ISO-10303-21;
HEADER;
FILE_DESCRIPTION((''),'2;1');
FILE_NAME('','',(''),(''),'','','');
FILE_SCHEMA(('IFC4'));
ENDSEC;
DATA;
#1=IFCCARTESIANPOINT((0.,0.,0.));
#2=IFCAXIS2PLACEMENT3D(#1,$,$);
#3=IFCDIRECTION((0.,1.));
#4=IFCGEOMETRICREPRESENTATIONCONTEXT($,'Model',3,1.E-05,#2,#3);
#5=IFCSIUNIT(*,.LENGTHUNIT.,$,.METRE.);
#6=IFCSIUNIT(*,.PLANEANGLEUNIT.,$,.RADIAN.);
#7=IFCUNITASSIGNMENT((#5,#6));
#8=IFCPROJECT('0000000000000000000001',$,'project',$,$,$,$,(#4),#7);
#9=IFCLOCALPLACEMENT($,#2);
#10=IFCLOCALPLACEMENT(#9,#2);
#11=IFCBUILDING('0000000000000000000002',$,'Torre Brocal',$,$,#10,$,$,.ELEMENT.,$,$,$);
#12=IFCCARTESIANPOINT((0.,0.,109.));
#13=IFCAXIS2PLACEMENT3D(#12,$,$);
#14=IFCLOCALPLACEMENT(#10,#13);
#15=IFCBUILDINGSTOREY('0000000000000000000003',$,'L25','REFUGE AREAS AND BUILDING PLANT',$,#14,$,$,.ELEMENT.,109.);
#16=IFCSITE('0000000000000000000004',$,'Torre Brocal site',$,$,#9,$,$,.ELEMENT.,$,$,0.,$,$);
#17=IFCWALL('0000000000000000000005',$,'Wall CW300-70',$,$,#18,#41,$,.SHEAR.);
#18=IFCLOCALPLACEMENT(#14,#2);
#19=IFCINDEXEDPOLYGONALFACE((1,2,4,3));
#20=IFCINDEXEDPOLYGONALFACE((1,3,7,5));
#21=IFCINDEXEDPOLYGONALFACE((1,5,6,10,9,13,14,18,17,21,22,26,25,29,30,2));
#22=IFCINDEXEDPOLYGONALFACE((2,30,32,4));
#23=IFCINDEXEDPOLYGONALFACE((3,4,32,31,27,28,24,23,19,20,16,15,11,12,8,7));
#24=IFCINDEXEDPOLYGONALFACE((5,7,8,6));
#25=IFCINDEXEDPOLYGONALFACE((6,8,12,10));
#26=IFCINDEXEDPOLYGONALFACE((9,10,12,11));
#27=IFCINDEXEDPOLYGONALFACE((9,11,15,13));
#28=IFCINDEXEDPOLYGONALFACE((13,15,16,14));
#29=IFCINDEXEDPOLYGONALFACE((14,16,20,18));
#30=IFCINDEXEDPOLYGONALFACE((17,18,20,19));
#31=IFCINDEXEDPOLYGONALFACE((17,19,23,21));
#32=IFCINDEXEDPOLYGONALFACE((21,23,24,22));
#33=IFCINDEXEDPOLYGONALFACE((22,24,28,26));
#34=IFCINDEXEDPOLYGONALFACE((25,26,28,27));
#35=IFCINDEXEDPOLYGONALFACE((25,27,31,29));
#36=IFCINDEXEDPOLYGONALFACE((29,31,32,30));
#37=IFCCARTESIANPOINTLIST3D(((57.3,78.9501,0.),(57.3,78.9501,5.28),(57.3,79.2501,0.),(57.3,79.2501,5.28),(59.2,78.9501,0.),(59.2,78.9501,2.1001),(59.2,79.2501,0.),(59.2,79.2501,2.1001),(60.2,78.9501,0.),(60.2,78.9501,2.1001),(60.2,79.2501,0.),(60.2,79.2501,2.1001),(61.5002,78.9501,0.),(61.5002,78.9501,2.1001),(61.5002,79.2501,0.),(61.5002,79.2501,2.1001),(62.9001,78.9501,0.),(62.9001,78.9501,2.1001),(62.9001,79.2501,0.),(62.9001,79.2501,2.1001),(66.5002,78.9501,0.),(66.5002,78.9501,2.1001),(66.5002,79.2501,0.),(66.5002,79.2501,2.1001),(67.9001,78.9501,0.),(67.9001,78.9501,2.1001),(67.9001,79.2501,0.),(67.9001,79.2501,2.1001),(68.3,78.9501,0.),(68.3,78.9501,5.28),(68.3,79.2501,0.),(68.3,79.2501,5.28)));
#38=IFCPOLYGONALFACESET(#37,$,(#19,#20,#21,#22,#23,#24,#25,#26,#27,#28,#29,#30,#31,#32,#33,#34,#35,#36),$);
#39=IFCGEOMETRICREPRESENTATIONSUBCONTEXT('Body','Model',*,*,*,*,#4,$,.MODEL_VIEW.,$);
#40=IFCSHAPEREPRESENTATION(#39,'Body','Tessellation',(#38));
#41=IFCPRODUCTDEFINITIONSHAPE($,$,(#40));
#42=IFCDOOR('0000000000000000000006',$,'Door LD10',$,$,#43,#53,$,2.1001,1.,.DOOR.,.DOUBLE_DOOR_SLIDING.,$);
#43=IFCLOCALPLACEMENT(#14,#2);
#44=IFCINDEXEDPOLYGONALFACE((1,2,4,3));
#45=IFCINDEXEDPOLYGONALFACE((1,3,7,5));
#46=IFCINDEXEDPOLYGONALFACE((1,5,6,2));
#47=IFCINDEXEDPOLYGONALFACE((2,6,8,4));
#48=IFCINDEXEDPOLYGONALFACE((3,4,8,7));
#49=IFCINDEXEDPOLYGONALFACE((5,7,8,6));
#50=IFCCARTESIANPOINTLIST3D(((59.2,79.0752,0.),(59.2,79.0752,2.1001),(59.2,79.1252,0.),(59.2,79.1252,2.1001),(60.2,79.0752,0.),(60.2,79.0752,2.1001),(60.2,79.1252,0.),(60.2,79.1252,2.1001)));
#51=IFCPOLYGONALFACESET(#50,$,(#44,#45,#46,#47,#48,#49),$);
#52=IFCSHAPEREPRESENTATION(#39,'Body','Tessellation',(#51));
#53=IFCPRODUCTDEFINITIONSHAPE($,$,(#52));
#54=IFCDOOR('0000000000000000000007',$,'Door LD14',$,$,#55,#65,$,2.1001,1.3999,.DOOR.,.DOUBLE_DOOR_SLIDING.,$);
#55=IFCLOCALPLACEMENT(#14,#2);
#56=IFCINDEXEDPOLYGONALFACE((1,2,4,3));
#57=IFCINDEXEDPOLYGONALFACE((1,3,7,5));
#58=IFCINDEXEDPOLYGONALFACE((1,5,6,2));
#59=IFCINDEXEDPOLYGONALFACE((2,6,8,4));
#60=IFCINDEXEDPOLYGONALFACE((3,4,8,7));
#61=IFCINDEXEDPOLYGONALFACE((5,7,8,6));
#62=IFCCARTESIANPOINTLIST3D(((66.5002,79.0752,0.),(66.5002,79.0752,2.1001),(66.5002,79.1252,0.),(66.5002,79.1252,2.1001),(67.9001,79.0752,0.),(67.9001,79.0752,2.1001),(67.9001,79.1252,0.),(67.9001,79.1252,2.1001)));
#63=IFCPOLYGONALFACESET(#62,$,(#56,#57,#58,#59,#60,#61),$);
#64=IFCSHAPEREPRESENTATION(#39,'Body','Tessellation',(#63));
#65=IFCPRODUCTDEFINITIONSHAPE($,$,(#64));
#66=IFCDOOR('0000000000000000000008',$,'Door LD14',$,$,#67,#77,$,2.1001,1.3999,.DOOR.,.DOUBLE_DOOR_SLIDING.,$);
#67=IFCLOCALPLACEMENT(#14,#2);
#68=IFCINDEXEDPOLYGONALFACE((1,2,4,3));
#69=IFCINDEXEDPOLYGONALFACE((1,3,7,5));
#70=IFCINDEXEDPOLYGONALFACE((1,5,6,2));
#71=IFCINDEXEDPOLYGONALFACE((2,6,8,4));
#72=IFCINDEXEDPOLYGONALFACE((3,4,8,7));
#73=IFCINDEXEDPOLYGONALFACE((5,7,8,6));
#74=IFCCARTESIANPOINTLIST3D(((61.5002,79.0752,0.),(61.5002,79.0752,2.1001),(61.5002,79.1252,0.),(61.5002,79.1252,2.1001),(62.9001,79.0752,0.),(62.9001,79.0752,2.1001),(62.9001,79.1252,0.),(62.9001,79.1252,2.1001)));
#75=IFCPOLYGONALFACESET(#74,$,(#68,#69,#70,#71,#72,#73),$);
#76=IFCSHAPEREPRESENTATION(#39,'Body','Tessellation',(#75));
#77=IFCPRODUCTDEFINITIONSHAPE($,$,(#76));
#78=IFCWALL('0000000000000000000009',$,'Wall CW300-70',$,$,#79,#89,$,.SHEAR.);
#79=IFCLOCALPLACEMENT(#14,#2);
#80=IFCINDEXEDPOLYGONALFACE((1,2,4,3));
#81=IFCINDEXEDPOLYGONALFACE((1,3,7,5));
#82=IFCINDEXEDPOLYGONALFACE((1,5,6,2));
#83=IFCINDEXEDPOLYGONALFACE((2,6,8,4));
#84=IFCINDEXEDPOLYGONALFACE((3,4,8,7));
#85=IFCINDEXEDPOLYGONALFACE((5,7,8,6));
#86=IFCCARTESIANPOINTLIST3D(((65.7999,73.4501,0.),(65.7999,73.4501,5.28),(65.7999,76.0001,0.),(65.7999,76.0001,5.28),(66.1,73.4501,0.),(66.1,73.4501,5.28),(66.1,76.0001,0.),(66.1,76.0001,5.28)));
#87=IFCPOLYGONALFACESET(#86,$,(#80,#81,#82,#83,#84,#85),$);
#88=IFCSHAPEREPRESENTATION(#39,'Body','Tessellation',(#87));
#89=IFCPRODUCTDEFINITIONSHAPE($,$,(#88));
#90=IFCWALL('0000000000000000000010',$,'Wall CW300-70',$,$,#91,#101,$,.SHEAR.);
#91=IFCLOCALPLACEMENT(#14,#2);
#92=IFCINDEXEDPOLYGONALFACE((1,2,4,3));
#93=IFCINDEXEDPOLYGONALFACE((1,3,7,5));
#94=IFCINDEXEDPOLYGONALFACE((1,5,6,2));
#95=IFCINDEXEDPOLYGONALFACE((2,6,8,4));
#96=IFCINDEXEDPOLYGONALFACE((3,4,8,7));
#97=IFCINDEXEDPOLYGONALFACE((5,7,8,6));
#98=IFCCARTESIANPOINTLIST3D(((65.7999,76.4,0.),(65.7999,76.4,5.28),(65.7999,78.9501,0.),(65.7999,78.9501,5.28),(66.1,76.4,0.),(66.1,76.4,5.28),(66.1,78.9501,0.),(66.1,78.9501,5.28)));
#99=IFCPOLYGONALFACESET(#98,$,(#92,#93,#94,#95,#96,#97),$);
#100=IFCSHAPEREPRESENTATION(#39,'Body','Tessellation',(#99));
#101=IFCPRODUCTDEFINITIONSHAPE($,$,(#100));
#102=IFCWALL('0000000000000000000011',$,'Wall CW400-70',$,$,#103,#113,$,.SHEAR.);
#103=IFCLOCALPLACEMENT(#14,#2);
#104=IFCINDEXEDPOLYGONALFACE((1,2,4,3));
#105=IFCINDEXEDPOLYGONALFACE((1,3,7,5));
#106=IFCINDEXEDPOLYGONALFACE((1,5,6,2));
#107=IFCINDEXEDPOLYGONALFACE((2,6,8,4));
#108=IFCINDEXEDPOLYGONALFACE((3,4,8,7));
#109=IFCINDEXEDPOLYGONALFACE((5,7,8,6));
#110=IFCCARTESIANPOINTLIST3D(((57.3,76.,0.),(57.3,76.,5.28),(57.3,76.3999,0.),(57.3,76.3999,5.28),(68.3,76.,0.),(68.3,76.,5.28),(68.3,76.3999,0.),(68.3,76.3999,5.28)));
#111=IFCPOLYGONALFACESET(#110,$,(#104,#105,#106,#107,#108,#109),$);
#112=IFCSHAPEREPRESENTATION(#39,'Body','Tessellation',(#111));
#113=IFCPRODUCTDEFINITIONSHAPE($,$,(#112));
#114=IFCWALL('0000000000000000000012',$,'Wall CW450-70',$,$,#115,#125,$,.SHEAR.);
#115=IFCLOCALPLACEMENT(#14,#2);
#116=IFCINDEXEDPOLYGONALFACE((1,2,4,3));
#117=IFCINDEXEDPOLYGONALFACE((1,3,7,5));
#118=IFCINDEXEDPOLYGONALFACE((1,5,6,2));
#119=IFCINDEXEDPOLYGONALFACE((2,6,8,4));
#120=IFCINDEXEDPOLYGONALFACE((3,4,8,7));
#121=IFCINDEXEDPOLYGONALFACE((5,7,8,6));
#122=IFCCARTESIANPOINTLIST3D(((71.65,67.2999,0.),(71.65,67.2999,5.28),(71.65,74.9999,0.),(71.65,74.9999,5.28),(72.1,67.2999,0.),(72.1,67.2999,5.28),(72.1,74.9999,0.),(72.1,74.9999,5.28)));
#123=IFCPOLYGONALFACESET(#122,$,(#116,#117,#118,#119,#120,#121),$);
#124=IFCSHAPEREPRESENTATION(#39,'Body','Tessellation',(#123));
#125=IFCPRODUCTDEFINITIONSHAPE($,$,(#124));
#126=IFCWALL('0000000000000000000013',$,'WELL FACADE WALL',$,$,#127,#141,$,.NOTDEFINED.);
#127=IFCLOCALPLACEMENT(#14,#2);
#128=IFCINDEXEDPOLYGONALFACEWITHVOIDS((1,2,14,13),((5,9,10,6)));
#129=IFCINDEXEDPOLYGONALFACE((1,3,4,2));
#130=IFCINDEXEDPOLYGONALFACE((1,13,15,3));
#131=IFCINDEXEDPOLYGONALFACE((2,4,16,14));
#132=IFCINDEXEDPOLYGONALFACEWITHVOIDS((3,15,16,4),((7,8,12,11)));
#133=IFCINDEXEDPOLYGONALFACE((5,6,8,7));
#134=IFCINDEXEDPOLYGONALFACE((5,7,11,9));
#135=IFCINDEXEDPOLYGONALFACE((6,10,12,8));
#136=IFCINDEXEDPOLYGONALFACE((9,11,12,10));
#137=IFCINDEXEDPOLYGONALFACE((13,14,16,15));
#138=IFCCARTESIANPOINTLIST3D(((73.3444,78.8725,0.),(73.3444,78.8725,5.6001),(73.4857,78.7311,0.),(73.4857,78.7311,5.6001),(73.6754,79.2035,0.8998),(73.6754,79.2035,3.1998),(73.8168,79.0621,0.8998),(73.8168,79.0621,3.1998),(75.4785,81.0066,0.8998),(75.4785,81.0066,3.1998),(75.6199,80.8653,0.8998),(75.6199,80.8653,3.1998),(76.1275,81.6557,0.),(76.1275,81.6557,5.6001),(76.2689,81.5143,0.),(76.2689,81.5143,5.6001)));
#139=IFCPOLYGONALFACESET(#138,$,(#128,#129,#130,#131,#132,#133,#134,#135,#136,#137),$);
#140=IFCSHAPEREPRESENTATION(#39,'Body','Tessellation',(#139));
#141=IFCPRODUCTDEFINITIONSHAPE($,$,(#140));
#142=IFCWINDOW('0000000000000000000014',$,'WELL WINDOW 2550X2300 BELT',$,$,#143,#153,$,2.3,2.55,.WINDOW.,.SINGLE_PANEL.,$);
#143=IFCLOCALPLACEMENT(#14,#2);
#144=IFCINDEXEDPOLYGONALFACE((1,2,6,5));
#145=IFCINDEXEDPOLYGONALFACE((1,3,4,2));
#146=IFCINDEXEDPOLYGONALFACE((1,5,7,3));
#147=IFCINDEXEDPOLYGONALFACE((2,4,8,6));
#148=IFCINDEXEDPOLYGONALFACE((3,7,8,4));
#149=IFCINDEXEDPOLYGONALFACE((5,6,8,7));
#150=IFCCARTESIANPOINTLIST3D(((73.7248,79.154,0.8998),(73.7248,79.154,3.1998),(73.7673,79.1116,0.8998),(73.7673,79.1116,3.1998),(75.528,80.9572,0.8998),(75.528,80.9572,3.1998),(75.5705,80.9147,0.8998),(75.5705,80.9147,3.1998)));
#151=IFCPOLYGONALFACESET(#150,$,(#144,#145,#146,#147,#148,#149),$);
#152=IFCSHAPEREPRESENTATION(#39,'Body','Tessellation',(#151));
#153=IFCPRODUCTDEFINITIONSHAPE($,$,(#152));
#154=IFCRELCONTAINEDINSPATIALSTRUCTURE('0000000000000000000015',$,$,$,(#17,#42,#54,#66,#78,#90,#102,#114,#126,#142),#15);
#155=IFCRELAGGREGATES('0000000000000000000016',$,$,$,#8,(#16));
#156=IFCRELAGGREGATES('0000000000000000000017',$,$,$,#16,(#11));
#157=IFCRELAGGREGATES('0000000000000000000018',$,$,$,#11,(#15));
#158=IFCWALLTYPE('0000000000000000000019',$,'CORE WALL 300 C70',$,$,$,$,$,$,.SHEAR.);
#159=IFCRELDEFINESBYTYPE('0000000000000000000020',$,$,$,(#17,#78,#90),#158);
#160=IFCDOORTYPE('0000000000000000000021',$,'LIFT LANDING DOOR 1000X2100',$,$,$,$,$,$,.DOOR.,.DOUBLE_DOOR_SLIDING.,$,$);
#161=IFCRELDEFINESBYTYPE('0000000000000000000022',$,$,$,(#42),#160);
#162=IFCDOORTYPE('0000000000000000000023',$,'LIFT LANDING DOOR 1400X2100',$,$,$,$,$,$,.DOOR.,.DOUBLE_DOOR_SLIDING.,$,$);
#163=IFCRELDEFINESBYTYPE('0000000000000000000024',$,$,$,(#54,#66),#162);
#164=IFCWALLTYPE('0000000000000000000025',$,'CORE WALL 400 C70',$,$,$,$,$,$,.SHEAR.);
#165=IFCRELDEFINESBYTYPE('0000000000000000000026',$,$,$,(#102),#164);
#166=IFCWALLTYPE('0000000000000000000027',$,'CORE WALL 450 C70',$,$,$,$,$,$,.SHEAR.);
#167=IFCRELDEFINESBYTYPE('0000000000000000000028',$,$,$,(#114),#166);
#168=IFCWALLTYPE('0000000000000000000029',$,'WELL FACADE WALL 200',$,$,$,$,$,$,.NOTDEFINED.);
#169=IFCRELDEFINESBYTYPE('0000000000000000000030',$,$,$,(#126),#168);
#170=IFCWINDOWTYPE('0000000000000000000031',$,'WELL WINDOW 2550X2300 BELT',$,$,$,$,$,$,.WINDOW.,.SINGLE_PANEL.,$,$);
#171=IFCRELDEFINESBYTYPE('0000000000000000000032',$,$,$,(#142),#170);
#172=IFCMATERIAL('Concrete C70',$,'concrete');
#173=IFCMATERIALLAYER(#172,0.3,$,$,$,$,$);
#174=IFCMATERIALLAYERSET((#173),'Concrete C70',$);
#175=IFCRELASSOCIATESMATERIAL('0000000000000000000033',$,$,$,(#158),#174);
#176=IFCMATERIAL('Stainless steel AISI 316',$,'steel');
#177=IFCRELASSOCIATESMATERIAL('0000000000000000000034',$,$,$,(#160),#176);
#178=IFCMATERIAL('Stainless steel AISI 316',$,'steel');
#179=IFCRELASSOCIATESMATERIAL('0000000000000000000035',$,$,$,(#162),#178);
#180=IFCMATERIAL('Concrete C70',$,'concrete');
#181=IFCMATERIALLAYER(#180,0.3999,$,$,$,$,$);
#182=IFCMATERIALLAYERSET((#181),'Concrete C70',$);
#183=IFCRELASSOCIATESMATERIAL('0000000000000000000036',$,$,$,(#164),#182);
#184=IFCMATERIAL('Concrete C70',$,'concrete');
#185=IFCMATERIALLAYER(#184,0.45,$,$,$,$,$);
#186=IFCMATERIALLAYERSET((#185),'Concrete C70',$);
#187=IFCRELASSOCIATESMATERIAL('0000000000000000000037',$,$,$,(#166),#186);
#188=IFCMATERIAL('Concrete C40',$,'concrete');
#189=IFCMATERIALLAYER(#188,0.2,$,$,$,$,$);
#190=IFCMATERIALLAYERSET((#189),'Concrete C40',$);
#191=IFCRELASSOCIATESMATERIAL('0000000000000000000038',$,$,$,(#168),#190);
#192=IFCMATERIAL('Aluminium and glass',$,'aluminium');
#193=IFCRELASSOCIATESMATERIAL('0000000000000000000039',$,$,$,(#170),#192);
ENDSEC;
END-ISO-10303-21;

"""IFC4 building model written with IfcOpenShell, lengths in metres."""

from ifc_helpers import new_model, si_unit, direction, frame, frame_2d, origin, place, context, subcontext, project, spatial, rectangle, extrude, material, layer, layer_set, type_object, element, fill, save


model = new_model("IFC4")

# Units and contexts
model_context = context("Model", 3, precision=1e-05, world=origin(), true_north=direction((0.0, 1.0)))
body_context = subcontext(model_context, "Body", "Model", "MODEL_VIEW")
ifc_project = project(units=[si_unit("LENGTHUNIT", "METRE"), si_unit("PLANEANGLEUNIT", "RADIAN")], contexts=[model_context])

# Site, building, storey
site_placement = place(None, origin())
site = spatial("IfcSite", under=ifc_project, at=site_placement, Name="Torre Brocal site", CompositionType="ELEMENT", RefElevation=0.0)
building_placement = place(site_placement, origin())
building = spatial("IfcBuilding", under=site, at=building_placement, Name="Torre Brocal", CompositionType="ELEMENT")
storey_placement = place(building_placement, frame((0.0, 0.0, 109.0)))
storey = spatial("IfcBuildingStorey", under=building, at=storey_placement, Name="L25", Description="REFUGE AREAS AND BUILDING PLANT", CompositionType="ELEMENT", Elevation=109.0)

# Shared definitions
ifc_material_1 = material(Name="Concrete C70", Category="concrete")
ifc_layer_1 = layer(ifc_material_1, 0.3)
ifc_layer_set_1 = layer_set([ifc_layer_1], Name="Concrete C70")
wall_type_1 = type_object("IfcWallType", Name="CORE WALL 300 C70", PredefinedType="SHEAR", material=ifc_layer_set_1)

# Wall, openings, doors
ifc_material_2 = material(Name="Stainless steel AISI 316", Category="steel")
door_type_1 = type_object("IfcDoorType", Name="LIFT LANDING DOOR 1000X2100", OperationType="DOUBLE_DOOR_SLIDING", PredefinedType="DOOR", material=ifc_material_2)
wall_1_placement = place(storey_placement, frame((68.3, 79.1001, 0.0), z_axis=(0.0, 0.0, 1.0), x_axis=(-1.0, 0.0, 0.0)))
wall_1 = element("IfcWall", 1, at=wall_1_placement, inside=storey, type_object=wall_type_1, Name="Wall CW300-70", PredefinedType="SHEAR", context=body_context, shape_type="SweptSolid", body=[
    extrude(rectangle(XDim=11.0, YDim=0.3, at=frame_2d((5.5, 0.0))), origin(), (0.0, 0.0, 1.0), 5.28),
])
opening_1_placement = place(wall_1_placement, frame((0.3999, 0.0, 0.0)))
opening_1 = element("IfcOpeningElement", 2, at=opening_1_placement, cuts=wall_1, PredefinedType="OPENING", context=body_context, shape_type="SweptSolid", body=[
    extrude(rectangle(XDim=1.3999, YDim=2.1001, at=frame_2d((0.7, 1.05))), frame((0.0, 0.1599, 0.0), z_axis=(0.0, -1.0, 0.0), x_axis=(1.0, 0.0, 0.0)), (0.0, 0.0, 1.0), 0.3201),
])
opening_2_placement = place(wall_1_placement, frame((5.3999, 0.0, 0.0)))
opening_2 = element("IfcOpeningElement", 3, at=opening_2_placement, cuts=wall_1, PredefinedType="OPENING", context=body_context, shape_type="SweptSolid", body=[
    extrude(rectangle(XDim=1.3999, YDim=2.1001, at=frame_2d((0.7, 1.05))), frame((0.0, 0.1599, 0.0), z_axis=(0.0, -1.0, 0.0), x_axis=(1.0, 0.0, 0.0)), (0.0, 0.0, 1.0), 0.3201),
])
opening_3_placement = place(wall_1_placement, frame((8.1001, 0.0, 0.0)))
opening_3 = element("IfcOpeningElement", 4, at=opening_3_placement, cuts=wall_1, PredefinedType="OPENING", context=body_context, shape_type="SweptSolid", body=[
    extrude(rectangle(XDim=1.0, YDim=2.1001, at=frame_2d((0.5, 1.05))), frame((0.0, 0.1599, 0.0), z_axis=(0.0, -1.0, 0.0), x_axis=(1.0, 0.0, 0.0)), (0.0, 0.0, 1.0), 0.3201),
])
door_1_placement = place(opening_3_placement, origin())
door_1 = element("IfcDoor", 5, at=door_1_placement, inside=storey, type_object=door_type_1, Name="Door LD10", OperationType="DOUBLE_DOOR_SLIDING", OverallHeight=2.1001, OverallWidth=1.0, PredefinedType="DOOR", context=body_context, shape_type="SweptSolid", body=[
    extrude(rectangle(XDim=1.0, YDim=2.1001, at=frame_2d((0.5, 1.05))), frame((0.0, 0.0249, 0.0), z_axis=(0.0, -1.0, 0.0), x_axis=(1.0, 0.0, 0.0)), (0.0, 0.0, 1.0), 0.05),
])
fill(opening_3, door_1)
ifc_material_3 = material(Name="Stainless steel AISI 316", Category="steel")
door_type_2 = type_object("IfcDoorType", Name="LIFT LANDING DOOR 1400X2100", OperationType="DOUBLE_DOOR_SLIDING", PredefinedType="DOOR", material=ifc_material_3)
door_2_placement = place(opening_1_placement, origin())
door_2 = element("IfcDoor", 6, at=door_2_placement, inside=storey, type_object=door_type_2, Name="Door LD14", OperationType="DOUBLE_DOOR_SLIDING", OverallHeight=2.1001, OverallWidth=1.3999, PredefinedType="DOOR", context=body_context, shape_type="SweptSolid", body=[
    extrude(rectangle(XDim=1.3999, YDim=2.1001, at=frame_2d((0.7, 1.05))), frame((0.0, 0.0249, 0.0), z_axis=(0.0, -1.0, 0.0), x_axis=(1.0, 0.0, 0.0)), (0.0, 0.0, 1.0), 0.05),
])
fill(opening_1, door_2)
door_3_placement = place(opening_2_placement, origin())
door_3 = element("IfcDoor", 7, at=door_3_placement, inside=storey, type_object=door_type_2, Name="Door LD14", OperationType="DOUBLE_DOOR_SLIDING", OverallHeight=2.1001, OverallWidth=1.3999, PredefinedType="DOOR", context=body_context, shape_type="SweptSolid", body=[
    extrude(rectangle(XDim=1.3999, YDim=2.1001, at=frame_2d((0.7, 1.05))), frame((0.0, 0.0249, 0.0), z_axis=(0.0, -1.0, 0.0), x_axis=(1.0, 0.0, 0.0)), (0.0, 0.0, 1.0), 0.05),
])
fill(opening_2, door_3)

# Walls
for number, where, z_axis, x_axis, name in (
    (8, (65.95, 76.0, 0.0), (0.0, 0.0, 1.0), (0.0, -1.0, 0.0), "Wall CW300-70"),
    (9, (65.95, 78.95, 0.0), (0.0, 0.0, 1.0), (0.0, -1.0, 0.0), "Wall CW300-70"),
):
    element("IfcWall", number, at=place(storey_placement, frame(where, z_axis=z_axis, x_axis=x_axis)), inside=storey, type_object=wall_type_1, Name=name, PredefinedType="SHEAR", context=body_context, shape_type="SweptSolid", body=[
        extrude(rectangle(XDim=2.55, YDim=0.3, at=frame_2d((1.2749, 0.0))), origin(), (0.0, 0.0, 1.0), 5.28),
    ])
ifc_material_4 = material(Name="Concrete C70", Category="concrete")
ifc_layer_2 = layer(ifc_material_4, 0.3999)
ifc_layer_set_2 = layer_set([ifc_layer_2], Name="Concrete C70")
wall_type_2 = type_object("IfcWallType", Name="CORE WALL 400 C70", PredefinedType="SHEAR", material=ifc_layer_set_2)
wall_2_placement = place(storey_placement, frame((68.3, 76.2, 0.0), z_axis=(0.0, 0.0, 1.0), x_axis=(-1.0, 0.0, 0.0)))
element("IfcWall", 10, at=wall_2_placement, inside=storey, type_object=wall_type_2, Name="Wall CW400-70", PredefinedType="SHEAR", context=body_context, shape_type="SweptSolid", body=[
    extrude(rectangle(XDim=11.0, YDim=0.3999, at=frame_2d((5.5, 0.0))), origin(), (0.0, 0.0, 1.0), 5.28),
])
ifc_material_5 = material(Name="Concrete C70", Category="concrete")
ifc_layer_3 = layer(ifc_material_5, 0.45)
ifc_layer_set_3 = layer_set([ifc_layer_3], Name="Concrete C70")
wall_type_3 = type_object("IfcWallType", Name="CORE WALL 450 C70", PredefinedType="SHEAR", material=ifc_layer_set_3)
wall_3_placement = place(storey_placement, frame((71.875, 75.0, 0.0), z_axis=(0.0, 0.0, 1.0), x_axis=(0.0, -1.0, 0.0)))
element("IfcWall", 11, at=wall_3_placement, inside=storey, type_object=wall_type_3, Name="Wall CW450-70", PredefinedType="SHEAR", context=body_context, shape_type="SweptSolid", body=[
    extrude(rectangle(XDim=7.7, YDim=0.45, at=frame_2d((3.8501, 0.0))), origin(), (0.0, 0.0, 1.0), 5.28),
])

# Wall, opening, window
ifc_material_6 = material(Name="Concrete C40", Category="concrete")
ifc_layer_4 = layer(ifc_material_6, 0.2)
ifc_layer_set_4 = layer_set([ifc_layer_4], Name="Concrete C40")
wall_type_4 = type_object("IfcWallType", Name="WELL FACADE WALL 200", PredefinedType="NOTDEFINED", material=ifc_layer_set_4)
wall_4_placement = place(storey_placement, frame((76.1982, 81.585, 0.0), z_axis=(0.0, 0.0, 1.0), x_axis=(-0.707107, -0.707107, 0.0)))
wall_4 = element("IfcWall", 12, at=wall_4_placement, inside=storey, type_object=wall_type_4, Name="WELL FACADE WALL", PredefinedType="NOTDEFINED", context=body_context, shape_type="SweptSolid", body=[
    extrude(rectangle(XDim=3.936, YDim=0.2, at=frame_2d((1.968, 0.0))), origin(), (0.0, 0.0, 1.0), 5.6001),
])
opening_4_placement = place(wall_4_placement, frame((0.918, 0.0, 0.8999)))
opening_4 = element("IfcOpeningElement", 13, at=opening_4_placement, cuts=wall_4, PredefinedType="OPENING", context=body_context, shape_type="SweptSolid", body=[
    extrude(rectangle(XDim=2.55, YDim=2.3, at=frame_2d((1.2749, 1.1499))), frame((0.0, 0.1099, 0.0), z_axis=(0.0, -1.0, 0.0), x_axis=(1.0, 0.0, 0.0)), (0.0, 0.0, 1.0), 0.22),
])
ifc_material_7 = material(Name="Aluminium and glass", Category="aluminium")
window_type_1 = type_object("IfcWindowType", Name="WELL WINDOW 2550X2300 BELT", PartitioningType="SINGLE_PANEL", PredefinedType="WINDOW", material=ifc_material_7)
window_1_placement = place(opening_4_placement, origin())
window_1 = element("IfcWindow", 14, at=window_1_placement, inside=storey, type_object=window_type_1, Name="WELL WINDOW 2550X2300 BELT", OverallHeight=2.3, OverallWidth=2.55, PartitioningType="SINGLE_PANEL", PredefinedType="WINDOW", context=body_context, shape_type="SweptSolid", body=[
    extrude(rectangle(XDim=2.55, YDim=2.3, at=frame_2d((1.2749, 1.1499))), frame((0.0, 0.03, 0.0), z_axis=(0.0, -1.0, 0.0), x_axis=(1.0, 0.0, 0.0)), (0.0, 0.0, 1.0), 0.0601),
])
fill(opening_4, window_1)

save(model, "model.ifc")
